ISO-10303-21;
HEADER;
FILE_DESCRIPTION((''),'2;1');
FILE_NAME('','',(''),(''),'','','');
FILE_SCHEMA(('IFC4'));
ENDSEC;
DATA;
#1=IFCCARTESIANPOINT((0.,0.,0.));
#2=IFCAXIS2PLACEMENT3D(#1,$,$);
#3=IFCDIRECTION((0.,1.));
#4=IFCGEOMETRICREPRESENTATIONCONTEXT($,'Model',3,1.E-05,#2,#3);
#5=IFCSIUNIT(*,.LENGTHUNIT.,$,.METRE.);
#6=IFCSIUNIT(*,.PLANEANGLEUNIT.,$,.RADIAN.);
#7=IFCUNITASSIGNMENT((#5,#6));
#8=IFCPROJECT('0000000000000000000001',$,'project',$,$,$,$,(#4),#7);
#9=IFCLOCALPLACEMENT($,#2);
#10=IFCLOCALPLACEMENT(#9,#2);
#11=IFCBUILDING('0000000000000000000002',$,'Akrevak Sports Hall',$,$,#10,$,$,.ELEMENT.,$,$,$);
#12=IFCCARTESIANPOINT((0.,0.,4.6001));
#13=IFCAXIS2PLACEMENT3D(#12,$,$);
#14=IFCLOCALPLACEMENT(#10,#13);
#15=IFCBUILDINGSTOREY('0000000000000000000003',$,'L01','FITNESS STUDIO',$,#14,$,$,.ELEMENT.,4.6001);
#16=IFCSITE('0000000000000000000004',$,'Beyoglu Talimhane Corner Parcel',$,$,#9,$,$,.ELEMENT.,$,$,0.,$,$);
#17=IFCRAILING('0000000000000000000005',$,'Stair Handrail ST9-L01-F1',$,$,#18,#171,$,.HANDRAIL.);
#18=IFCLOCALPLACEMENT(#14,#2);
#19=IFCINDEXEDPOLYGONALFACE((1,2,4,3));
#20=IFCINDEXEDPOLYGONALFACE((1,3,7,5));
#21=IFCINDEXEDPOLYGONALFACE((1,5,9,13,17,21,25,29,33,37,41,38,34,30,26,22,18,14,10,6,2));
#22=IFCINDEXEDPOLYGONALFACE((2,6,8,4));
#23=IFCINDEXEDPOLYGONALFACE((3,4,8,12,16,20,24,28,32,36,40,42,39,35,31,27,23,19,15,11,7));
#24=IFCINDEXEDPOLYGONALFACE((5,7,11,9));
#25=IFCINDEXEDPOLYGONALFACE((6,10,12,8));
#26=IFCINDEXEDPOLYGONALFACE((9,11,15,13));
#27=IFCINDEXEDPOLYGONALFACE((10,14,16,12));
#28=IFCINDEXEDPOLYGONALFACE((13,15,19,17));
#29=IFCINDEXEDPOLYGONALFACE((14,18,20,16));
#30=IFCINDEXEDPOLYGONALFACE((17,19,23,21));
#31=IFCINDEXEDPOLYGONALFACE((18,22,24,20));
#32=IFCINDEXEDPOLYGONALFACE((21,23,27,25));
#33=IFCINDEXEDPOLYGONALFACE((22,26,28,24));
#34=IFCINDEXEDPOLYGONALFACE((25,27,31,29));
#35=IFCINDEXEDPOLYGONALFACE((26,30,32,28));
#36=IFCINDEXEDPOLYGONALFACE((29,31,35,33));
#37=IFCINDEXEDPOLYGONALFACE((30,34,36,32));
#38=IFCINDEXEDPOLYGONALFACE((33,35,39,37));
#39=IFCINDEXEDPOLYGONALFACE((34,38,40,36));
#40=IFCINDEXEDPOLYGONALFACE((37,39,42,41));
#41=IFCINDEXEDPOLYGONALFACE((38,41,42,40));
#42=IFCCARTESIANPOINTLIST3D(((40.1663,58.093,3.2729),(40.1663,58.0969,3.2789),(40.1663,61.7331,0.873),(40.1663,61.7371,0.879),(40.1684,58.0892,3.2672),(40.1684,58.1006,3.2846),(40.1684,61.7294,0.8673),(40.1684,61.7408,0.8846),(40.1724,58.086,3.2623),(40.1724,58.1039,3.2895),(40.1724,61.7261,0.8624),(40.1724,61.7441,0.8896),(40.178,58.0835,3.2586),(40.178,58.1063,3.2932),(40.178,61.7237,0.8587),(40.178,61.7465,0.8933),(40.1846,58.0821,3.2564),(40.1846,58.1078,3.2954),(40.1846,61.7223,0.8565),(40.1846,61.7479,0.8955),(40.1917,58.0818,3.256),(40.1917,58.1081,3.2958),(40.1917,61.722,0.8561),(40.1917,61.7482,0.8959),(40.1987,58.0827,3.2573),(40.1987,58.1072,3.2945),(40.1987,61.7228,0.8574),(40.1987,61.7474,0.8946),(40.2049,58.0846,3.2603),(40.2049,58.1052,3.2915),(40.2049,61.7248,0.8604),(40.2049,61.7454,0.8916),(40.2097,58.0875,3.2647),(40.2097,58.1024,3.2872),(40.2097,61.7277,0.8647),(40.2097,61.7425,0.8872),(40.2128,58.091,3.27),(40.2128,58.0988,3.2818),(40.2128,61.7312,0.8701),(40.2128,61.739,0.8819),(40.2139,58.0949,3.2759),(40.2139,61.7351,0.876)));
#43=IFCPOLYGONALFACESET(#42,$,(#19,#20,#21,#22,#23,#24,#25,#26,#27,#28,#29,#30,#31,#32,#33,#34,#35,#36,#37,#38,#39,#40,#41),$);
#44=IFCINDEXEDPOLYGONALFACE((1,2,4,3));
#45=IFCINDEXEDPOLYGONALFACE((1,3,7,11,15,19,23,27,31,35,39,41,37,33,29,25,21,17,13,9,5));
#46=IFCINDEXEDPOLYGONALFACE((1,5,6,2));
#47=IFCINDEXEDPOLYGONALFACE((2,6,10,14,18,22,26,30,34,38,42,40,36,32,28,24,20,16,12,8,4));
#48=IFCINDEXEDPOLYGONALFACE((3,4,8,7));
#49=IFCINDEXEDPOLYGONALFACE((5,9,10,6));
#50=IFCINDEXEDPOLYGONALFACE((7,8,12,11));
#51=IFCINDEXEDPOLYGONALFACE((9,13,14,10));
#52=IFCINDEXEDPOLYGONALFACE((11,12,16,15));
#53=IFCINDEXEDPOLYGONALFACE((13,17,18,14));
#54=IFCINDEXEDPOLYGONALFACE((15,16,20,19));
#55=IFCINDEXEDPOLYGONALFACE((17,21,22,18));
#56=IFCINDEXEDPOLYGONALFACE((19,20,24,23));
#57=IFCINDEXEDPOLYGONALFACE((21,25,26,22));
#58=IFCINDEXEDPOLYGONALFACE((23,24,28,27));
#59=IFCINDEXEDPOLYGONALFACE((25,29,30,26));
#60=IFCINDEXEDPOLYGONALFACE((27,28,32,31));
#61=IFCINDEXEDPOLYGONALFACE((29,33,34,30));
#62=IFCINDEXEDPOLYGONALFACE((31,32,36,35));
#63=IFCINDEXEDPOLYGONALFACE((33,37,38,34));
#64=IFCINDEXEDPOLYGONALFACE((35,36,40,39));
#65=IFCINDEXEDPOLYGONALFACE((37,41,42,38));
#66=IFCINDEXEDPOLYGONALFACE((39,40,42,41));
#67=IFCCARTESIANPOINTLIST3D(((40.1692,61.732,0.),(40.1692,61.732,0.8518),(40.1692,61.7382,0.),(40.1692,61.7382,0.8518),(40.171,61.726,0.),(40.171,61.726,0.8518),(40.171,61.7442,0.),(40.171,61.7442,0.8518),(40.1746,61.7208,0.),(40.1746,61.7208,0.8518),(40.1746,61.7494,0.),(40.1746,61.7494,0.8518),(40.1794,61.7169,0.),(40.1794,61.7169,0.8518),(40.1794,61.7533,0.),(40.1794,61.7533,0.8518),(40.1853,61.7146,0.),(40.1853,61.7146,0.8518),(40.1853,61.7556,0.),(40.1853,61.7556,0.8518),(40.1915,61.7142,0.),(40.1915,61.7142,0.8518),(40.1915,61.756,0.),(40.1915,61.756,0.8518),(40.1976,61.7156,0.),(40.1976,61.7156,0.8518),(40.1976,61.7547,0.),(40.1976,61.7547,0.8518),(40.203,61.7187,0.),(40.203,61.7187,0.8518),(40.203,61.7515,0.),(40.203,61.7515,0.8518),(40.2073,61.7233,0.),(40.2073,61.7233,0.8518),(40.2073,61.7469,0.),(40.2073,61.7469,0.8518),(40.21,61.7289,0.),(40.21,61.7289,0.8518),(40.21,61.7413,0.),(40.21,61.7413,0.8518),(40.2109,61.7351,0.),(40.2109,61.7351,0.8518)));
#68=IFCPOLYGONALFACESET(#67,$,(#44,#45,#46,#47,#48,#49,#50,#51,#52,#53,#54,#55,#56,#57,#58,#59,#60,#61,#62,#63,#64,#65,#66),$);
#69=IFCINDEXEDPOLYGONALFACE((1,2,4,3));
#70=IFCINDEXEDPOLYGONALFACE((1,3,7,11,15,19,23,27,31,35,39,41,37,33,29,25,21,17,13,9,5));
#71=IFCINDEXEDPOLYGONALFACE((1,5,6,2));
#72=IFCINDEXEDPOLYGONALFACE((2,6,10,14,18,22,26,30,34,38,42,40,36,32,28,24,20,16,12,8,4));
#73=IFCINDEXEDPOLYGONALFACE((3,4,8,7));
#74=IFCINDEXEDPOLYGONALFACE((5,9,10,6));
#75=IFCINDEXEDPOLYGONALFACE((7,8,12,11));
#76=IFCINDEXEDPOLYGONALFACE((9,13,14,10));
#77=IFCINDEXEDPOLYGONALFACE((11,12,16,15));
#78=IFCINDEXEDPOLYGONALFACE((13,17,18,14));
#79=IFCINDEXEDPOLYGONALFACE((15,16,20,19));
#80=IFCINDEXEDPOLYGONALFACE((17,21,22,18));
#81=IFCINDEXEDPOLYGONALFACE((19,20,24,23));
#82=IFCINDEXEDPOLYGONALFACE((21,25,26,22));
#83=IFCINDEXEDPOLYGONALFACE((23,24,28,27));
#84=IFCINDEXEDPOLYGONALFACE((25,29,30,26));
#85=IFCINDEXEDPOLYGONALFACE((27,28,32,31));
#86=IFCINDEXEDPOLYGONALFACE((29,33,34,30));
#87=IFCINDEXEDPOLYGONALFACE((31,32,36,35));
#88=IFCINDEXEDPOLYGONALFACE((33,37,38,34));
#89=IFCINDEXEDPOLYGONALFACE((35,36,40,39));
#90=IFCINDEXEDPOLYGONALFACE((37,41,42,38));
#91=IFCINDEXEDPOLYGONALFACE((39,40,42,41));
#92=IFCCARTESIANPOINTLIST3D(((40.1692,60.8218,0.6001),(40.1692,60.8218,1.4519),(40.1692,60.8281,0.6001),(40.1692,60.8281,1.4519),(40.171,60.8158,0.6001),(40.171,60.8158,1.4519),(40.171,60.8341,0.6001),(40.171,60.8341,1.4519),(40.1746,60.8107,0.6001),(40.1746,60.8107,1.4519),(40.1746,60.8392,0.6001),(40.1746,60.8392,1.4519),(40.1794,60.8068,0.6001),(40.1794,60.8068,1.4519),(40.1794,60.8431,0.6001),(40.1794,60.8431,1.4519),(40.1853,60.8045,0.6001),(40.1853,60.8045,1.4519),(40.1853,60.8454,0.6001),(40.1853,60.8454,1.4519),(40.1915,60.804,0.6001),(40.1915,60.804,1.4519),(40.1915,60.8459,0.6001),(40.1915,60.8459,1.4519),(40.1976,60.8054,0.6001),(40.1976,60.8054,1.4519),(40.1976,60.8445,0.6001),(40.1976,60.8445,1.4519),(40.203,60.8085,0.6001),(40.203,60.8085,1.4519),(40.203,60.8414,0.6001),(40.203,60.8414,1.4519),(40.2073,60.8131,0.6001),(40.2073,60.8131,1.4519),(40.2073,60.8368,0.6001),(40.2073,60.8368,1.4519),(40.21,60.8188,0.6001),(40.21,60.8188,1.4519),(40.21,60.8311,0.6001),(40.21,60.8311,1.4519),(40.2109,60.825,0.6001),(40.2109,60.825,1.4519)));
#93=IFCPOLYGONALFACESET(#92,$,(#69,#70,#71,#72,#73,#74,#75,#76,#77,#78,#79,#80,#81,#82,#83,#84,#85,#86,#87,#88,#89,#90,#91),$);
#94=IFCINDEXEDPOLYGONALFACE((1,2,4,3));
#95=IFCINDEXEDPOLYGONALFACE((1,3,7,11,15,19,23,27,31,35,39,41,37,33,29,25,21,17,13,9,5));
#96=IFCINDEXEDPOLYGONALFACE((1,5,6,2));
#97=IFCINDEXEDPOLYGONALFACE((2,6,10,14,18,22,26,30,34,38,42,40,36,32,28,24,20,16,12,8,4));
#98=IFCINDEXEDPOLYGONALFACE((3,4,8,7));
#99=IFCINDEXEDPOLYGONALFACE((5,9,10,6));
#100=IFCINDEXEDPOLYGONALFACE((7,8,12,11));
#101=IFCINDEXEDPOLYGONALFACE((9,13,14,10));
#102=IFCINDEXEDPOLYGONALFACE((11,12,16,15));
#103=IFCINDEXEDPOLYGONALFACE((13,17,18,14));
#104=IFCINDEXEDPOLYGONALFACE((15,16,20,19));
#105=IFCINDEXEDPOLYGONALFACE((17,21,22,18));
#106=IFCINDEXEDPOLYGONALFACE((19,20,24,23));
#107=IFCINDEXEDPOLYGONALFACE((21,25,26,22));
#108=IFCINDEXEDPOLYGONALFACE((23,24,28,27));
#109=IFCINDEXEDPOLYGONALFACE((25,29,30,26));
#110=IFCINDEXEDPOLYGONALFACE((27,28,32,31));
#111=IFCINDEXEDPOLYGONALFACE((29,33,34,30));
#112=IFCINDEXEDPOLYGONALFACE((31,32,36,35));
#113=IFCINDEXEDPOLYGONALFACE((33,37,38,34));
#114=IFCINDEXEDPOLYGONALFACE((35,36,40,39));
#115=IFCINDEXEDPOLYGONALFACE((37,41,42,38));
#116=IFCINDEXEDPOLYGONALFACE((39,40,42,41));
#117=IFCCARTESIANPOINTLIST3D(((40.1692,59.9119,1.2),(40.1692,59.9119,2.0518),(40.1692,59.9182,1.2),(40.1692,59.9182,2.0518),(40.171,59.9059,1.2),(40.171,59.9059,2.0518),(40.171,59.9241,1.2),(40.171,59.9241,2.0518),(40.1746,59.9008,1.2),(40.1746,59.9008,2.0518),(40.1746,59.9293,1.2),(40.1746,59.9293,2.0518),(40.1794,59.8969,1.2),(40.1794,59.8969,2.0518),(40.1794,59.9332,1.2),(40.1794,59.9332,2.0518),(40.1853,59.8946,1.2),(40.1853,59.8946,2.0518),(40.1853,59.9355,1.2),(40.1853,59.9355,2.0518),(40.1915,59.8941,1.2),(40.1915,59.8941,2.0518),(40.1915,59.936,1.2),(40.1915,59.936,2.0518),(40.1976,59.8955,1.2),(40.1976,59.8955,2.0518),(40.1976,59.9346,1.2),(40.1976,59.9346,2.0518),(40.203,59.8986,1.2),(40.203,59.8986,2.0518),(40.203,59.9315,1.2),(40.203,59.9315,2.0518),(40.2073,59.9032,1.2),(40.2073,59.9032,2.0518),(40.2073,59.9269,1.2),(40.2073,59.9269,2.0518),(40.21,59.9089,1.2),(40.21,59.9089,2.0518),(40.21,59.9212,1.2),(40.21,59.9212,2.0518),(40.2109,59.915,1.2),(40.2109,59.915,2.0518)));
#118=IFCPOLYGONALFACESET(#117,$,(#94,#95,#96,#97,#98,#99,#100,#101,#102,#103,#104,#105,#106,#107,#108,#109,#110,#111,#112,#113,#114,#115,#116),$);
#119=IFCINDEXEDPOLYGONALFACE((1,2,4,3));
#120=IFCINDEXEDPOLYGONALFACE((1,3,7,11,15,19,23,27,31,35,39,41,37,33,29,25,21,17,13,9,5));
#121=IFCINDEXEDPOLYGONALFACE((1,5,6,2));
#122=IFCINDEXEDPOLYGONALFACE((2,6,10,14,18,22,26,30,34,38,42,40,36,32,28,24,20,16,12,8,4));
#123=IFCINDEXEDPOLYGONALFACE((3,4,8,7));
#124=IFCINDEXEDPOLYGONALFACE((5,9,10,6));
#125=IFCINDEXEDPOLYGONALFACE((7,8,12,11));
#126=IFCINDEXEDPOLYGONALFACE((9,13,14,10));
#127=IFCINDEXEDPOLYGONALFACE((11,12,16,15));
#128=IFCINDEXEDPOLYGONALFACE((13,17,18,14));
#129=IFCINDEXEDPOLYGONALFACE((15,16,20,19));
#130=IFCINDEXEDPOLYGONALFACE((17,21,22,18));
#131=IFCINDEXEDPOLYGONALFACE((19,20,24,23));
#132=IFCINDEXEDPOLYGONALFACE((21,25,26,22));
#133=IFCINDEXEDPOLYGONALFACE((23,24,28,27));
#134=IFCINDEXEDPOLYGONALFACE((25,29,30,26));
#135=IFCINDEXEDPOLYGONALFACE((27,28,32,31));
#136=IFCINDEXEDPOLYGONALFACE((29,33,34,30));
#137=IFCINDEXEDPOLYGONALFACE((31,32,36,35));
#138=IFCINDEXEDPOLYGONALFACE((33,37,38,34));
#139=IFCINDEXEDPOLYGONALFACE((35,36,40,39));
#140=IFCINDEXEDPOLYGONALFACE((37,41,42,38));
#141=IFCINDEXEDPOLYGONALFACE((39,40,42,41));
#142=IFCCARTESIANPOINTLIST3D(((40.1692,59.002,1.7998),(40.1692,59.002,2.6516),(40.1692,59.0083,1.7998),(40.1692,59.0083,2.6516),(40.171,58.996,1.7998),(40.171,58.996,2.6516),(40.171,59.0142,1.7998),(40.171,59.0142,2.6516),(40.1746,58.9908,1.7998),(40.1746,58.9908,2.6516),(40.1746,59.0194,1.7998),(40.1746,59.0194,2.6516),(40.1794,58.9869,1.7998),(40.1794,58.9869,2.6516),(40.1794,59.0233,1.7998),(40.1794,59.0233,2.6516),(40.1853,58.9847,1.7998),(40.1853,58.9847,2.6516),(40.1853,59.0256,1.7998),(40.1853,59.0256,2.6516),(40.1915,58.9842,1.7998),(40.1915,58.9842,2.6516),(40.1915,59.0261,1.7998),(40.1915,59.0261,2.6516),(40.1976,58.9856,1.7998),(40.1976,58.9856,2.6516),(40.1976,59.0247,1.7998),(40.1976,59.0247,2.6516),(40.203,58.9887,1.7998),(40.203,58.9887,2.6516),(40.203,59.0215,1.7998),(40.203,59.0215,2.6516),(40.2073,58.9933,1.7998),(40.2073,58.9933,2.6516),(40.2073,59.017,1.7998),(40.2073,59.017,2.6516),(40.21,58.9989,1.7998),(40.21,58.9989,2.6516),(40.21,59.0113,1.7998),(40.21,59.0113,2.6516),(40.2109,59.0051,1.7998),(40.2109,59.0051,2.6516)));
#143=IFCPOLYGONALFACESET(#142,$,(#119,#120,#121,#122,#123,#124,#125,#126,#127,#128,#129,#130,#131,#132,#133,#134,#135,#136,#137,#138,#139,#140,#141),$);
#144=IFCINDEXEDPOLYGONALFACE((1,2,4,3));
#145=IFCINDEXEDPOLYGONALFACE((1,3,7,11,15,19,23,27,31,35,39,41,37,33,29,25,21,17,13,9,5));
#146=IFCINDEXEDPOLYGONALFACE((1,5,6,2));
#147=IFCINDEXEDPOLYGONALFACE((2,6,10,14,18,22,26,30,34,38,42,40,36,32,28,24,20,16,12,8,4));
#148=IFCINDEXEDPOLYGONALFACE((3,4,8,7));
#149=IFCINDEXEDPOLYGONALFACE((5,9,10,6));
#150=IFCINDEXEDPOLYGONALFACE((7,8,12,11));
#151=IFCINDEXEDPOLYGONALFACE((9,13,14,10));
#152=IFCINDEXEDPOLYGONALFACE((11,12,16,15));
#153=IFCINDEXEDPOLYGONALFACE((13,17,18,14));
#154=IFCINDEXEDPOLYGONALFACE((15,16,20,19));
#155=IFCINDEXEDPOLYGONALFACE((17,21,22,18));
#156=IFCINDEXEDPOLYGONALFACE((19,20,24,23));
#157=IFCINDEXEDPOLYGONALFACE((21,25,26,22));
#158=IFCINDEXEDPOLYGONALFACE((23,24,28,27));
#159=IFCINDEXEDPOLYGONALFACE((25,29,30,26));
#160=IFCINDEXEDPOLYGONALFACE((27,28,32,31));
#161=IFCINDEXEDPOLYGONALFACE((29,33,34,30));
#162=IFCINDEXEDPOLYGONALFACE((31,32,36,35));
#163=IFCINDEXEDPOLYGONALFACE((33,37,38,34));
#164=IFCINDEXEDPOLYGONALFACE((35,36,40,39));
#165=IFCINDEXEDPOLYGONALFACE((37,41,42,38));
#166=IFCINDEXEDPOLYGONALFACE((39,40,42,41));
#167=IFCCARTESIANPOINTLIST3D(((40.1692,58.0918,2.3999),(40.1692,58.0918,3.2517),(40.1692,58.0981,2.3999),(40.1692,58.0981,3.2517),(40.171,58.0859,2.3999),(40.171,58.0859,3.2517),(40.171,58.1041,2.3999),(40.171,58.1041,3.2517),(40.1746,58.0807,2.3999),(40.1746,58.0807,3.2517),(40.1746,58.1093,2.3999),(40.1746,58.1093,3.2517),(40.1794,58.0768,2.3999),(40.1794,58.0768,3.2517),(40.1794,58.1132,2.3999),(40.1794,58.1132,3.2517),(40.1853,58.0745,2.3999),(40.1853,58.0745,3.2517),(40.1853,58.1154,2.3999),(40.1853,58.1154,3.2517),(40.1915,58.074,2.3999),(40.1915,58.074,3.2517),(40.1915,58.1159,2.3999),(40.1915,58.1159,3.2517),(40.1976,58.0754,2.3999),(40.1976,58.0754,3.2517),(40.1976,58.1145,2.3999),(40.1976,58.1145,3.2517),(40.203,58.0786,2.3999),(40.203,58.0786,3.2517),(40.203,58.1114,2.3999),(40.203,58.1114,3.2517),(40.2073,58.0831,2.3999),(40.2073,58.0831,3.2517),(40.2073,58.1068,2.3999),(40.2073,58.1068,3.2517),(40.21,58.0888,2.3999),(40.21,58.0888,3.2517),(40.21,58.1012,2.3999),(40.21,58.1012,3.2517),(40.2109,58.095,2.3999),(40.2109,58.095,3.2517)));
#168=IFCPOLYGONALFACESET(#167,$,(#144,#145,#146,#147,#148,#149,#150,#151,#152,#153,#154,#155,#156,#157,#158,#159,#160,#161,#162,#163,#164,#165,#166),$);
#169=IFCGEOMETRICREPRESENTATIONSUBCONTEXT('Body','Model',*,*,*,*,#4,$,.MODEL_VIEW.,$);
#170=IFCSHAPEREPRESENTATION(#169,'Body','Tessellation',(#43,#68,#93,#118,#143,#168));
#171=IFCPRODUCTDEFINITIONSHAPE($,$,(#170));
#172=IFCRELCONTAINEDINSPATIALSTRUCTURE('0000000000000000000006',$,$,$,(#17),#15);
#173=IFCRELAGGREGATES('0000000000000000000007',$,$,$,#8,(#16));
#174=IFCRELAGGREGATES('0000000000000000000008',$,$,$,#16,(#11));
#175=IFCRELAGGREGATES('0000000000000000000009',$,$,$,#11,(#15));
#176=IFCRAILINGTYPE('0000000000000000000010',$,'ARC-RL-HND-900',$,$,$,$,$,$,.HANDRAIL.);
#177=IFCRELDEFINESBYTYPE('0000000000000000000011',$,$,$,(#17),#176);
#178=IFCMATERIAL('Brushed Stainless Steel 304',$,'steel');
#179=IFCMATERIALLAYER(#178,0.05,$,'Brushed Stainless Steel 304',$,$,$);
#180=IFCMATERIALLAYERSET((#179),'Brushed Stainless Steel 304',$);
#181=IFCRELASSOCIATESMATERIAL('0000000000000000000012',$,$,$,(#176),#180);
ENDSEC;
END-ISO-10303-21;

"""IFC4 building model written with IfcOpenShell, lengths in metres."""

from ifc_helpers import new_model, si_unit, direction, frame, origin, origin_2d, place, context, subcontext, project, spatial, circle, extrude, material, layer, layer_set, type_object, element, save


model = new_model("IFC4")

# Units and contexts
model_context = context("Model", 3, precision=1e-05, world=origin(), true_north=direction((0.0, 1.0)))
body_context = subcontext(model_context, "Body", "Model", "MODEL_VIEW")
ifc_project = project(units=[si_unit("LENGTHUNIT", "METRE"), si_unit("PLANEANGLEUNIT", "RADIAN")], contexts=[model_context])

# Site, building, storey
site_placement = place(None, origin())
site = spatial("IfcSite", under=ifc_project, at=site_placement, Name="Beyoglu Talimhane Corner Parcel", CompositionType="ELEMENT", RefElevation=0.0)
building_placement = place(site_placement, origin())
building = spatial("IfcBuilding", under=site, at=building_placement, Name="Akrevak Sports Hall", CompositionType="ELEMENT")
storey_placement = place(building_placement, frame((0.0, 0.0, 4.6001)))
storey = spatial("IfcBuildingStorey", under=building, at=storey_placement, Name="L01", Description="FITNESS STUDIO", CompositionType="ELEMENT", Elevation=4.6001)

# Railing
ifc_material_1 = material(Name="Brushed Stainless Steel 304", Category="steel")
ifc_layer_1 = layer(ifc_material_1, 0.05, Name="Brushed Stainless Steel 304")
ifc_layer_set_1 = layer_set([ifc_layer_1], Name="Brushed Stainless Steel 304")
railing_type_1 = type_object("IfcRailingType", Name="ARC-RL-HND-900", PredefinedType="HANDRAIL", material=ifc_layer_set_1)
railing_1_placement = place(storey_placement, frame((40.1899, 61.7351, 0.0)))
element("IfcRailing", 1, at=railing_1_placement, inside=storey, type_object=railing_type_1, Name="Stair Handrail ST9-L01-F1", PredefinedType="HANDRAIL", context=body_context, shape_type="SweptSolid", body=[
    extrude(circle(Radius=0.0239, at=origin_2d()), frame((0.0, 0.0, 0.876), z_axis=(0.0, -0.834882, 0.550429), x_axis=(1.0, 0.0, 0.0)), (0.0, 0.0, 1.0), 4.3601),
    extrude(circle(Radius=0.021, at=origin_2d()), origin(), (0.0, 0.0, 1.0), 0.8518),
    extrude(circle(Radius=0.021, at=origin_2d()), frame((0.0, -0.9102, 0.6001)), (0.0, 0.0, 1.0), 0.8518),
    extrude(circle(Radius=0.021, at=origin_2d()), frame((0.0, -1.8201, 1.2)), (0.0, 0.0, 1.0), 0.8518),
    extrude(circle(Radius=0.021, at=origin_2d()), frame((0.0, -2.73, 1.7998)), (0.0, 0.0, 1.0), 0.8518),
    extrude(circle(Radius=0.021, at=origin_2d()), frame((0.0, -3.6401, 2.3999)), (0.0, 0.0, 1.0), 0.8518),
])

save(model, "model.ifc")
